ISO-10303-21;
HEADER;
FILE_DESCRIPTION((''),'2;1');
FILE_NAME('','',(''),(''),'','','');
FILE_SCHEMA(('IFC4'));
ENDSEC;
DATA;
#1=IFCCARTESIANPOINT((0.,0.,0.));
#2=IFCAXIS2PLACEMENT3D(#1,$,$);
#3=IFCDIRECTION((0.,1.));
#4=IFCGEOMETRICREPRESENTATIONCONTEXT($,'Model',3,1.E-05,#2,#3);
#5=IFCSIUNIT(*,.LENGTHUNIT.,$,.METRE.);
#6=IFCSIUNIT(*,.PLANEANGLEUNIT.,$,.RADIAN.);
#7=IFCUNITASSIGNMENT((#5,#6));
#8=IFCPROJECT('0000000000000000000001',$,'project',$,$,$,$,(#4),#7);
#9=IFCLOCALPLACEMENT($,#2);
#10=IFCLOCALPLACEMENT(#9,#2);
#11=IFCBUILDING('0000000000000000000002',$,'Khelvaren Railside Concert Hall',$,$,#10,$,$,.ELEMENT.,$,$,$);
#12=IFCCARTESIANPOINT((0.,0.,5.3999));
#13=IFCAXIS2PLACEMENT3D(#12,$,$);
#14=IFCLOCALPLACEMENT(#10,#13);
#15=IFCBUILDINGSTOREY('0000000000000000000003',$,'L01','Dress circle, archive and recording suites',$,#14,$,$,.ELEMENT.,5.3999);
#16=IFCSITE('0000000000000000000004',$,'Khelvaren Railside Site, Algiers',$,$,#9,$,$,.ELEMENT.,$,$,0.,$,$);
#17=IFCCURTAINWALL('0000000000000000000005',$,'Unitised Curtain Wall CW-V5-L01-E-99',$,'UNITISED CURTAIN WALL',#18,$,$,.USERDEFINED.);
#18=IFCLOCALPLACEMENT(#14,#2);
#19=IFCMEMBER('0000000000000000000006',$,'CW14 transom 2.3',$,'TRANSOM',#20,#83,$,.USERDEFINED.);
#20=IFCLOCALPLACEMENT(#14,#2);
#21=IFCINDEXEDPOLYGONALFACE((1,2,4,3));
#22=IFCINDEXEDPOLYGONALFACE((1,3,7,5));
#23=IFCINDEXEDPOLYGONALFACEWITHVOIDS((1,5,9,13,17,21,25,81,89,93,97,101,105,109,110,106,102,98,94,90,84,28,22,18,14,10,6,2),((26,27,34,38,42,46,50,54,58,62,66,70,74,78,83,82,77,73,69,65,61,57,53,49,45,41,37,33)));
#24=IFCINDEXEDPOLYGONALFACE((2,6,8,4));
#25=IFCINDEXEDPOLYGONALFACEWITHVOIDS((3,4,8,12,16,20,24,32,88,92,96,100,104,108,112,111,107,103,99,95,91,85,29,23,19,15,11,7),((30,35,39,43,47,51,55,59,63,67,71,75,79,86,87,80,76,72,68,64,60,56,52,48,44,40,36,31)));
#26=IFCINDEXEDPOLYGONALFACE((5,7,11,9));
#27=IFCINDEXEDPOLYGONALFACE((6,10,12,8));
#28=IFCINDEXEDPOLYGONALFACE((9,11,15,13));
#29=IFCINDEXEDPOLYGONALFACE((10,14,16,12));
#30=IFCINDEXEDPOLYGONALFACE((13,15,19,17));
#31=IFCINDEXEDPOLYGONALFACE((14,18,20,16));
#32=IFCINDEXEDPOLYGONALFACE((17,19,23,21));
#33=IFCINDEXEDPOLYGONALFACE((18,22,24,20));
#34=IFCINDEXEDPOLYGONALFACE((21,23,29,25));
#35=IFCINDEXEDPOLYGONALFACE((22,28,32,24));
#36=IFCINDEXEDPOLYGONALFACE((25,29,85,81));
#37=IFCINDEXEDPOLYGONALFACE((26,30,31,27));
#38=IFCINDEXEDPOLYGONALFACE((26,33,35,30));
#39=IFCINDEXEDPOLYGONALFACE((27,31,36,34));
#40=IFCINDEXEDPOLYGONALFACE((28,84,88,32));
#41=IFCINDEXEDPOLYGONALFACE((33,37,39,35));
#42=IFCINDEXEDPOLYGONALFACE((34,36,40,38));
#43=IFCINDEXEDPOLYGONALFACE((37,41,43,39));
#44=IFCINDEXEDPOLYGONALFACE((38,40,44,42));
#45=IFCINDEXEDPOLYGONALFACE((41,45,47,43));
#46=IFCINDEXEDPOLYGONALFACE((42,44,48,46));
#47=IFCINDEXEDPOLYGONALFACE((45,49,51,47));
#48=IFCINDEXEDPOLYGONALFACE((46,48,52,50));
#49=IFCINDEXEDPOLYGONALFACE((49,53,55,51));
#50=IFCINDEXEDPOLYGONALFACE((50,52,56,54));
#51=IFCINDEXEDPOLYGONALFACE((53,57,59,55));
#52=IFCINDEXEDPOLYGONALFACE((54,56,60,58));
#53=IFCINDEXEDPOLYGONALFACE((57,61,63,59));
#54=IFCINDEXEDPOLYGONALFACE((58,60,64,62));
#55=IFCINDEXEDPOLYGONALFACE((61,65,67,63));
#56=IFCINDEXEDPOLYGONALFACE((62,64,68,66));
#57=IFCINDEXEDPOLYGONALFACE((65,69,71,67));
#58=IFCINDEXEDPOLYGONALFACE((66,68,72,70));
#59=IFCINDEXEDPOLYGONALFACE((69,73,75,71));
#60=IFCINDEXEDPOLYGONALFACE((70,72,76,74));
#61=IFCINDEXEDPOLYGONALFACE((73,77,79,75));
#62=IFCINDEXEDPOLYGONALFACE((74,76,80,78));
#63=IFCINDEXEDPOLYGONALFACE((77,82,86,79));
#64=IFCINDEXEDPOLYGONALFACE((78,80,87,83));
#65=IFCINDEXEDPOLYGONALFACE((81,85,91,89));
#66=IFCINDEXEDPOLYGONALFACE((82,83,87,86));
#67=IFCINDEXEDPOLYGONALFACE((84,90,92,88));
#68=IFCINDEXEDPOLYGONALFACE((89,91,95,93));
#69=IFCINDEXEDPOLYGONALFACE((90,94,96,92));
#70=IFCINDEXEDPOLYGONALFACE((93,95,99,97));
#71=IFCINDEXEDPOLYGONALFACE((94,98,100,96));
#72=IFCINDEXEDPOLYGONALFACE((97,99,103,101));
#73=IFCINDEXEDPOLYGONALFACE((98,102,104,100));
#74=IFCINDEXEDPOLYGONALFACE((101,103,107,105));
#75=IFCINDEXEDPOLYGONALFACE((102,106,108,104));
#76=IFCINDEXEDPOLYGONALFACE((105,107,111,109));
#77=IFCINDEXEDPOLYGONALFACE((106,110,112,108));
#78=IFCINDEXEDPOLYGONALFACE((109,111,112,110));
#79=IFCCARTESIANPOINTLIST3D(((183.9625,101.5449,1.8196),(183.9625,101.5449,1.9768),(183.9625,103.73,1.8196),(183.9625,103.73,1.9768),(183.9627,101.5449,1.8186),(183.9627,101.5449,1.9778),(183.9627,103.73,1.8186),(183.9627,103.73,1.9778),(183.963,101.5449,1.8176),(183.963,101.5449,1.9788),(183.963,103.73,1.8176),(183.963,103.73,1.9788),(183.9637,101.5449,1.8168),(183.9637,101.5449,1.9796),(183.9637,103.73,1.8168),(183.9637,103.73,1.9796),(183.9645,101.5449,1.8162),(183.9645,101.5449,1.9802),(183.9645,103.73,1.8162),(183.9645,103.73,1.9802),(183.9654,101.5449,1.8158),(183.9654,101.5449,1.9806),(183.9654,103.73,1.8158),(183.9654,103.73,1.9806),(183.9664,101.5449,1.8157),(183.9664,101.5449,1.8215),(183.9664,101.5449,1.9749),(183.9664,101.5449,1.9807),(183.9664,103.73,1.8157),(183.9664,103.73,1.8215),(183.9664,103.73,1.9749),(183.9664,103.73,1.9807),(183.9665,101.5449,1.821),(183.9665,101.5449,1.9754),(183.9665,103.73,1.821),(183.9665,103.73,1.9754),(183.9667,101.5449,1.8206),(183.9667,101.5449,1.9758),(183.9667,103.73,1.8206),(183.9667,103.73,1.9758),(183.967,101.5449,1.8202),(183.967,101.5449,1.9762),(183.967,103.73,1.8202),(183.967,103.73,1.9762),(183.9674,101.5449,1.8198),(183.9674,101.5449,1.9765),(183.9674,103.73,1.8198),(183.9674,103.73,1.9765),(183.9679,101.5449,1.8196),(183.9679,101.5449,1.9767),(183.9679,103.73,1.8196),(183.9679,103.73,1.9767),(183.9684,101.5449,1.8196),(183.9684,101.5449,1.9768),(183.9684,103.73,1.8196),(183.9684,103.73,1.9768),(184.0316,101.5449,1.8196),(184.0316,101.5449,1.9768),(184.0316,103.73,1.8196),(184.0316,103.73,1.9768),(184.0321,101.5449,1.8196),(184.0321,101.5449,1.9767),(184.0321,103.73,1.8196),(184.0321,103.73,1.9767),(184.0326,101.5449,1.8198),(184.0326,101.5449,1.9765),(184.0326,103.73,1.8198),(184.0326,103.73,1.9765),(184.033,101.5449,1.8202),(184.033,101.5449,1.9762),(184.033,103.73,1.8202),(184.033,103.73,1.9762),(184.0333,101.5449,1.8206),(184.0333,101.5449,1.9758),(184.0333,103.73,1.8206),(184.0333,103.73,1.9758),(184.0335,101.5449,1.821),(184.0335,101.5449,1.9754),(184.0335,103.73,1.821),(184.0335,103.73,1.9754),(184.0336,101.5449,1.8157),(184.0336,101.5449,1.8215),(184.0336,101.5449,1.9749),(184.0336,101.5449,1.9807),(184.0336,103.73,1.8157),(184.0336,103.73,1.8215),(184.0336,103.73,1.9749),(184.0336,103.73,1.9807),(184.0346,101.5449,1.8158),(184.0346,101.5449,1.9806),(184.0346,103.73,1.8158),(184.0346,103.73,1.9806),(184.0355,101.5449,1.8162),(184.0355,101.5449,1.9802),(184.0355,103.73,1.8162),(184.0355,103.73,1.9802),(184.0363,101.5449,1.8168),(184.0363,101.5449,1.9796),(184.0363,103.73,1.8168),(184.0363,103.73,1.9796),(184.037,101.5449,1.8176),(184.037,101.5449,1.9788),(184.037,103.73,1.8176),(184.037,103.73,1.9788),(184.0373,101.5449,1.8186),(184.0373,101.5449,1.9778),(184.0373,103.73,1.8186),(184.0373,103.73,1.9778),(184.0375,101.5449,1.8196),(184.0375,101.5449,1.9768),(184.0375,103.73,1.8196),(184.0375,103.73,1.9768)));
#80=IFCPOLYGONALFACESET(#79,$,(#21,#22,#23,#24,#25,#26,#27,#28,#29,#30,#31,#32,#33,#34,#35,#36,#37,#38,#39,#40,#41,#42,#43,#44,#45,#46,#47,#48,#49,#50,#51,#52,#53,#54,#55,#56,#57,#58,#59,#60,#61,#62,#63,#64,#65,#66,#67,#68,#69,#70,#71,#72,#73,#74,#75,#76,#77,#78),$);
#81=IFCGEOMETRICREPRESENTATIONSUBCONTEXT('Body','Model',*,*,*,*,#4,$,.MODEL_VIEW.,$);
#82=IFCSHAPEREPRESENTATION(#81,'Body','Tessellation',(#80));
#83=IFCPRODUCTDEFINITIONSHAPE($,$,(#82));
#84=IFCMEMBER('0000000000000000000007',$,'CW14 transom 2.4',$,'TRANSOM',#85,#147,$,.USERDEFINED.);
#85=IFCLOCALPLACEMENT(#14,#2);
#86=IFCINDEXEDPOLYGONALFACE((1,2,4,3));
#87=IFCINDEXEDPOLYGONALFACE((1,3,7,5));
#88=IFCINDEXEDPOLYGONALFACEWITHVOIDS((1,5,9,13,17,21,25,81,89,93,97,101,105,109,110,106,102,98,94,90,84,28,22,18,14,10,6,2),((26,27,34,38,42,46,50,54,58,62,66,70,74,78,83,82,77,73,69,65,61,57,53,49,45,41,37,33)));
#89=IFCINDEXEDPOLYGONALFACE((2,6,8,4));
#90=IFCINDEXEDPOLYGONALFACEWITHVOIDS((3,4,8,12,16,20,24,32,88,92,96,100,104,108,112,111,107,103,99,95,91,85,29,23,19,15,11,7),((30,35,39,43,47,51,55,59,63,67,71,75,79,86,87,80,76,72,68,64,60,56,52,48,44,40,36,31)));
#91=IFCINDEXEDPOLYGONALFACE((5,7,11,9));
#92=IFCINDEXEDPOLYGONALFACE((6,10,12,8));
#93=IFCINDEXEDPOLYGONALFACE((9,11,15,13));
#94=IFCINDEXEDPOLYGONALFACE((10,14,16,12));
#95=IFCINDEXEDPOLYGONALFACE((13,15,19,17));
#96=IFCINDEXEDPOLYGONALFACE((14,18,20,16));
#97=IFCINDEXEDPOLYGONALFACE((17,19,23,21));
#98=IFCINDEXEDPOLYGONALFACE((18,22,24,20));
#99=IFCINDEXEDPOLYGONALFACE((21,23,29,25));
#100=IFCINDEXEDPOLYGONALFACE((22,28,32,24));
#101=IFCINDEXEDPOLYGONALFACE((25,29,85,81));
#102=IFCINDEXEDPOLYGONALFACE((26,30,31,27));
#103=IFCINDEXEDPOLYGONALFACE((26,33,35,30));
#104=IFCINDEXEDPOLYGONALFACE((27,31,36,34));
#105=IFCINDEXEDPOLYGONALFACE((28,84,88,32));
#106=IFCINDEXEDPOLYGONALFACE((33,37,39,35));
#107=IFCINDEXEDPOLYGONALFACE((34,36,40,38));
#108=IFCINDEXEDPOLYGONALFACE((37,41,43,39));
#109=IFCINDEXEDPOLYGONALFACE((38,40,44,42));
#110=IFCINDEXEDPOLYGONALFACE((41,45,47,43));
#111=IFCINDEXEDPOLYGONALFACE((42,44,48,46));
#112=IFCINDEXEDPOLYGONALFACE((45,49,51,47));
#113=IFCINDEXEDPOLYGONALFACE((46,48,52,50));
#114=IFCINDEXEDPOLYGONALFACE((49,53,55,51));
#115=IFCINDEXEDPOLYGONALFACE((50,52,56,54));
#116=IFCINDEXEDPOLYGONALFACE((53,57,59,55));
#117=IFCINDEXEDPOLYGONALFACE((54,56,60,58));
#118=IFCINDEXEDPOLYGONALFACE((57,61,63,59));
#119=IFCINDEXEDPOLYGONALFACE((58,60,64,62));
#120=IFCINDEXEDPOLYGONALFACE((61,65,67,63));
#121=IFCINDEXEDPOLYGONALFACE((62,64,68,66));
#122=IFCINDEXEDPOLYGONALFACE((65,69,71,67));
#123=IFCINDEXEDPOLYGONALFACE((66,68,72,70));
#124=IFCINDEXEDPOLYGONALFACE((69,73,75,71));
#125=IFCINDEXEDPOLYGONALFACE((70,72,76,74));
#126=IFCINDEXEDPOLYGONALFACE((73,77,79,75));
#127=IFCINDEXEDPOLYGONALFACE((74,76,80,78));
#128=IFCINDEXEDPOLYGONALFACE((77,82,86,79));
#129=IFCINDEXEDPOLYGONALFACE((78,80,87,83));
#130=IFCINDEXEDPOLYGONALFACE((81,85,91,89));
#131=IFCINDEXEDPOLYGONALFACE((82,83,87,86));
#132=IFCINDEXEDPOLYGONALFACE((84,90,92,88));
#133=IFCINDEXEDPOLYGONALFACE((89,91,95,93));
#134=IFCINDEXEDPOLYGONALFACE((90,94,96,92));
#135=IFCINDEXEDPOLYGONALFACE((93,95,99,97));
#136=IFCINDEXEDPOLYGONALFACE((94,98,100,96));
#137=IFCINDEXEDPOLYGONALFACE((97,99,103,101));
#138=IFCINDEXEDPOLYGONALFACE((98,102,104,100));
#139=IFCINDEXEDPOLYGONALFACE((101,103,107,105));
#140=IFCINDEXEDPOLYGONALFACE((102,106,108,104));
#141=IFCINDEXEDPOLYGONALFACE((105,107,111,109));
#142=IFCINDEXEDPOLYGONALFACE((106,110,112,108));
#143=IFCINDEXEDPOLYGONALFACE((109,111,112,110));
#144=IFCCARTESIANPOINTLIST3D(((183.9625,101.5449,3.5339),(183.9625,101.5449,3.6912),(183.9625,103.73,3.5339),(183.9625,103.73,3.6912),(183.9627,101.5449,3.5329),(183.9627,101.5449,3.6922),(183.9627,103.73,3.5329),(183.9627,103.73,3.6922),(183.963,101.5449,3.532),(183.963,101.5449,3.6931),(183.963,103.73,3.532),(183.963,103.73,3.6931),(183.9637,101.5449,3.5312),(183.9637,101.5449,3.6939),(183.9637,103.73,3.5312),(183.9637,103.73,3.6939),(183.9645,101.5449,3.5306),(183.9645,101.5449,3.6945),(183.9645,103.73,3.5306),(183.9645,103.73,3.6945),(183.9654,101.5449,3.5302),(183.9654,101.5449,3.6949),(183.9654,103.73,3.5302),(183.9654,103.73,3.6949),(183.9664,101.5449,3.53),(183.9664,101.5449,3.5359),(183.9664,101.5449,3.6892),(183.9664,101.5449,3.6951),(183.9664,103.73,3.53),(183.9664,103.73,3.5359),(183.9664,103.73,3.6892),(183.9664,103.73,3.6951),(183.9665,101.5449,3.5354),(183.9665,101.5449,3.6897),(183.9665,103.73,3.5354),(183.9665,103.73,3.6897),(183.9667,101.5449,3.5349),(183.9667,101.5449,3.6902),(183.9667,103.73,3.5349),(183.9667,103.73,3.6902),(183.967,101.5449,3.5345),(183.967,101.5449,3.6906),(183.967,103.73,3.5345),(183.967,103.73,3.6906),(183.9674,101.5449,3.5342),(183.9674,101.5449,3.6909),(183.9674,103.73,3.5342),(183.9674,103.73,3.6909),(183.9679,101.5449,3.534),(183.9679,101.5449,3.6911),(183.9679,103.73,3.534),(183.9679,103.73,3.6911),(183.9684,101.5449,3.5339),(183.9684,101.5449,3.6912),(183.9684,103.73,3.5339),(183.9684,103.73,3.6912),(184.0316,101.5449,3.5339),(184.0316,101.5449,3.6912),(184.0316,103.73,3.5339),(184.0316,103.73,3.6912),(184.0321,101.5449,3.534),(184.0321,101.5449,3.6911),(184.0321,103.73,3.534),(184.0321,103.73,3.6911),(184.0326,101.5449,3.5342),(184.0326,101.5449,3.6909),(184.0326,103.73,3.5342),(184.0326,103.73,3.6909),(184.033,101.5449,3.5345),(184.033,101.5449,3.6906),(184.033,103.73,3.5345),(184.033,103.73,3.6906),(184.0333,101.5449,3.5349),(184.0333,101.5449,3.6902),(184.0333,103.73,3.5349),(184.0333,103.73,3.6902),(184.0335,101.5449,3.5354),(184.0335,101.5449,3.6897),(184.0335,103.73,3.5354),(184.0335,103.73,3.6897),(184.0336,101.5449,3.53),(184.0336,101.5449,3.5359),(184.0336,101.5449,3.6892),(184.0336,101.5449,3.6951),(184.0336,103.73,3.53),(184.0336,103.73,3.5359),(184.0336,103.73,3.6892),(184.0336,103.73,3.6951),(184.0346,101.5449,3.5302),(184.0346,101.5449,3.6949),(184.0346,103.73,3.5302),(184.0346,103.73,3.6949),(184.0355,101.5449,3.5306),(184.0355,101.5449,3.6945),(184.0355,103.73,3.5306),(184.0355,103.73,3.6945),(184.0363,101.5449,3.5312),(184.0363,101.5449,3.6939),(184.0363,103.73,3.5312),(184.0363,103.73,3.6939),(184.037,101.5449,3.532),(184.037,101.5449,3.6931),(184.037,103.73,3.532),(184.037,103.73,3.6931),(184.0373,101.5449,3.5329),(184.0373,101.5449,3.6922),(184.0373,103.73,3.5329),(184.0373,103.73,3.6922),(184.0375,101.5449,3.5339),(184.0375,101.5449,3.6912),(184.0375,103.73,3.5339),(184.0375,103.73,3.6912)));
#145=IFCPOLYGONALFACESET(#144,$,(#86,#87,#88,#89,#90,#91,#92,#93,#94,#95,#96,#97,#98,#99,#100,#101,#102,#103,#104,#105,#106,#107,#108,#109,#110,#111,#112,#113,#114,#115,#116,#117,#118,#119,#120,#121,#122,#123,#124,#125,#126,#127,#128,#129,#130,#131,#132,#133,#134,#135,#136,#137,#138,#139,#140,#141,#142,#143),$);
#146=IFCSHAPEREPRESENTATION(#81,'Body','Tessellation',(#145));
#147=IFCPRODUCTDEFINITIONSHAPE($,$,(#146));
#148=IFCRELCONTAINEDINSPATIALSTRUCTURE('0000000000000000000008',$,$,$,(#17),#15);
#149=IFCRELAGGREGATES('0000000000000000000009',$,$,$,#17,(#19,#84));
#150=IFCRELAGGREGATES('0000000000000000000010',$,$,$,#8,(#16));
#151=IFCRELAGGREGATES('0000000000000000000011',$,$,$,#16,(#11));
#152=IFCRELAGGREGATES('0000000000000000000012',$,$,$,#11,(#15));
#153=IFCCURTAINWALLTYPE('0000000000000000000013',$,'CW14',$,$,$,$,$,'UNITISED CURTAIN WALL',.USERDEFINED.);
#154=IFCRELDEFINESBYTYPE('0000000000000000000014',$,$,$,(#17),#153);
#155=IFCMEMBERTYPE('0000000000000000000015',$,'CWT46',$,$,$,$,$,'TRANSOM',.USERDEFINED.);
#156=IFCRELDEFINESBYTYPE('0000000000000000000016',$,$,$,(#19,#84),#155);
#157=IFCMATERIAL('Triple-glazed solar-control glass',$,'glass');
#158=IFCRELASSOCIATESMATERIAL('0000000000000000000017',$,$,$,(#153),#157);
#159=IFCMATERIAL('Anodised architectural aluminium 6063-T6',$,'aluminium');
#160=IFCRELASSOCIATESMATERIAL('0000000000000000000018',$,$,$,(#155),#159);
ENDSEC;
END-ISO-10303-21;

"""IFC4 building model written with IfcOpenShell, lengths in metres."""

from ifc_helpers import new_model, si_unit, direction, frame, origin, origin_2d, place, context, subcontext, project, spatial, hollow_rectangle, extrude, material, material_profile, profile_set, type_object, element, aggregate, save


model = new_model("IFC4")

# Units and contexts
model_context = context("Model", 3, precision=1e-05, world=origin(), true_north=direction((0.0, 1.0)))
body_context = subcontext(model_context, "Body", "Model", "MODEL_VIEW")
ifc_project = project(units=[si_unit("LENGTHUNIT", "METRE"), si_unit("PLANEANGLEUNIT", "RADIAN")], contexts=[model_context])

# Site, building, storey
site_placement = place(None, origin())
site = spatial("IfcSite", under=ifc_project, at=site_placement, Name="Khelvaren Railside Site, Algiers", CompositionType="ELEMENT", RefElevation=0.0)
building_placement = place(site_placement, origin())
building = spatial("IfcBuilding", under=site, at=building_placement, Name="Khelvaren Railside Concert Hall", CompositionType="ELEMENT")
storey_placement = place(building_placement, frame((0.0, 0.0, 5.3999)))
storey = spatial("IfcBuildingStorey", under=building, at=storey_placement, Name="L01", Description="Dress circle, archive and recording suites", CompositionType="ELEMENT", Elevation=5.3999)

# Curtain wall, members
ifc_material_1 = material(Name="Triple-glazed solar-control glass", Category="glass")
curtain_wall_type = type_object("IfcCurtainWallType", Name="CW14", ElementType="UNITISED CURTAIN WALL", PredefinedType="USERDEFINED", material=ifc_material_1)
curtain_wall_placement = place(storey_placement, origin())
curtain_wall = element("IfcCurtainWall", 1, at=curtain_wall_placement, inside=storey, type_object=curtain_wall_type, Name="Unitised Curtain Wall CW-V5-L01-E-99", ObjectType="UNITISED CURTAIN WALL", PredefinedType="USERDEFINED")
ifc_material_2 = material(Name="Anodised architectural aluminium 6063-T6", Category="aluminium")
ifc_material_profile_1 = material_profile(ifc_material_2, hollow_rectangle(XDim=0.075, YDim=0.165, WallThickness=0.0039, InnerFilletRadius=0.002, OuterFilletRadius=0.0039, at=origin_2d()), Name="CWT 75x165x4")
ifc_profile_set_1 = profile_set([ifc_material_profile_1], Name="Anodised architectural aluminium 6063-T6")
member_type_1 = type_object("IfcMemberType", Name="CWT46", ElementType="TRANSOM", PredefinedType="USERDEFINED", material=ifc_profile_set_1)
member_1_placement = place(storey_placement, frame((184.0, 103.73, 1.8982), z_axis=(0.0, -1.0, 0.0), x_axis=(1.0, 0.0, 0.0)))
member_1 = element("IfcMember", 2, at=member_1_placement, type_object=member_type_1, Name="CW14 transom 2.3", ObjectType="TRANSOM", PredefinedType="USERDEFINED", context=body_context, shape_type="SweptSolid", body=[
    extrude(hollow_rectangle(XDim=0.075, YDim=0.165, WallThickness=0.0039, InnerFilletRadius=0.002, OuterFilletRadius=0.0039, at=origin_2d()), origin(), (0.0, 0.0, 1.0), 2.1851),
])
member_2_placement = place(storey_placement, frame((184.0, 103.73, 3.6125), z_axis=(0.0, -1.0, 0.0), x_axis=(1.0, 0.0, 0.0)))
member_2 = element("IfcMember", 3, at=member_2_placement, type_object=member_type_1, Name="CW14 transom 2.4", ObjectType="TRANSOM", PredefinedType="USERDEFINED", context=body_context, shape_type="SweptSolid", body=[
    extrude(hollow_rectangle(XDim=0.075, YDim=0.165, WallThickness=0.0039, InnerFilletRadius=0.002, OuterFilletRadius=0.0039, at=origin_2d()), origin(), (0.0, 0.0, 1.0), 2.1851),
])

aggregate(curtain_wall, [member_1, member_2])

save(model, "model.ifc")
